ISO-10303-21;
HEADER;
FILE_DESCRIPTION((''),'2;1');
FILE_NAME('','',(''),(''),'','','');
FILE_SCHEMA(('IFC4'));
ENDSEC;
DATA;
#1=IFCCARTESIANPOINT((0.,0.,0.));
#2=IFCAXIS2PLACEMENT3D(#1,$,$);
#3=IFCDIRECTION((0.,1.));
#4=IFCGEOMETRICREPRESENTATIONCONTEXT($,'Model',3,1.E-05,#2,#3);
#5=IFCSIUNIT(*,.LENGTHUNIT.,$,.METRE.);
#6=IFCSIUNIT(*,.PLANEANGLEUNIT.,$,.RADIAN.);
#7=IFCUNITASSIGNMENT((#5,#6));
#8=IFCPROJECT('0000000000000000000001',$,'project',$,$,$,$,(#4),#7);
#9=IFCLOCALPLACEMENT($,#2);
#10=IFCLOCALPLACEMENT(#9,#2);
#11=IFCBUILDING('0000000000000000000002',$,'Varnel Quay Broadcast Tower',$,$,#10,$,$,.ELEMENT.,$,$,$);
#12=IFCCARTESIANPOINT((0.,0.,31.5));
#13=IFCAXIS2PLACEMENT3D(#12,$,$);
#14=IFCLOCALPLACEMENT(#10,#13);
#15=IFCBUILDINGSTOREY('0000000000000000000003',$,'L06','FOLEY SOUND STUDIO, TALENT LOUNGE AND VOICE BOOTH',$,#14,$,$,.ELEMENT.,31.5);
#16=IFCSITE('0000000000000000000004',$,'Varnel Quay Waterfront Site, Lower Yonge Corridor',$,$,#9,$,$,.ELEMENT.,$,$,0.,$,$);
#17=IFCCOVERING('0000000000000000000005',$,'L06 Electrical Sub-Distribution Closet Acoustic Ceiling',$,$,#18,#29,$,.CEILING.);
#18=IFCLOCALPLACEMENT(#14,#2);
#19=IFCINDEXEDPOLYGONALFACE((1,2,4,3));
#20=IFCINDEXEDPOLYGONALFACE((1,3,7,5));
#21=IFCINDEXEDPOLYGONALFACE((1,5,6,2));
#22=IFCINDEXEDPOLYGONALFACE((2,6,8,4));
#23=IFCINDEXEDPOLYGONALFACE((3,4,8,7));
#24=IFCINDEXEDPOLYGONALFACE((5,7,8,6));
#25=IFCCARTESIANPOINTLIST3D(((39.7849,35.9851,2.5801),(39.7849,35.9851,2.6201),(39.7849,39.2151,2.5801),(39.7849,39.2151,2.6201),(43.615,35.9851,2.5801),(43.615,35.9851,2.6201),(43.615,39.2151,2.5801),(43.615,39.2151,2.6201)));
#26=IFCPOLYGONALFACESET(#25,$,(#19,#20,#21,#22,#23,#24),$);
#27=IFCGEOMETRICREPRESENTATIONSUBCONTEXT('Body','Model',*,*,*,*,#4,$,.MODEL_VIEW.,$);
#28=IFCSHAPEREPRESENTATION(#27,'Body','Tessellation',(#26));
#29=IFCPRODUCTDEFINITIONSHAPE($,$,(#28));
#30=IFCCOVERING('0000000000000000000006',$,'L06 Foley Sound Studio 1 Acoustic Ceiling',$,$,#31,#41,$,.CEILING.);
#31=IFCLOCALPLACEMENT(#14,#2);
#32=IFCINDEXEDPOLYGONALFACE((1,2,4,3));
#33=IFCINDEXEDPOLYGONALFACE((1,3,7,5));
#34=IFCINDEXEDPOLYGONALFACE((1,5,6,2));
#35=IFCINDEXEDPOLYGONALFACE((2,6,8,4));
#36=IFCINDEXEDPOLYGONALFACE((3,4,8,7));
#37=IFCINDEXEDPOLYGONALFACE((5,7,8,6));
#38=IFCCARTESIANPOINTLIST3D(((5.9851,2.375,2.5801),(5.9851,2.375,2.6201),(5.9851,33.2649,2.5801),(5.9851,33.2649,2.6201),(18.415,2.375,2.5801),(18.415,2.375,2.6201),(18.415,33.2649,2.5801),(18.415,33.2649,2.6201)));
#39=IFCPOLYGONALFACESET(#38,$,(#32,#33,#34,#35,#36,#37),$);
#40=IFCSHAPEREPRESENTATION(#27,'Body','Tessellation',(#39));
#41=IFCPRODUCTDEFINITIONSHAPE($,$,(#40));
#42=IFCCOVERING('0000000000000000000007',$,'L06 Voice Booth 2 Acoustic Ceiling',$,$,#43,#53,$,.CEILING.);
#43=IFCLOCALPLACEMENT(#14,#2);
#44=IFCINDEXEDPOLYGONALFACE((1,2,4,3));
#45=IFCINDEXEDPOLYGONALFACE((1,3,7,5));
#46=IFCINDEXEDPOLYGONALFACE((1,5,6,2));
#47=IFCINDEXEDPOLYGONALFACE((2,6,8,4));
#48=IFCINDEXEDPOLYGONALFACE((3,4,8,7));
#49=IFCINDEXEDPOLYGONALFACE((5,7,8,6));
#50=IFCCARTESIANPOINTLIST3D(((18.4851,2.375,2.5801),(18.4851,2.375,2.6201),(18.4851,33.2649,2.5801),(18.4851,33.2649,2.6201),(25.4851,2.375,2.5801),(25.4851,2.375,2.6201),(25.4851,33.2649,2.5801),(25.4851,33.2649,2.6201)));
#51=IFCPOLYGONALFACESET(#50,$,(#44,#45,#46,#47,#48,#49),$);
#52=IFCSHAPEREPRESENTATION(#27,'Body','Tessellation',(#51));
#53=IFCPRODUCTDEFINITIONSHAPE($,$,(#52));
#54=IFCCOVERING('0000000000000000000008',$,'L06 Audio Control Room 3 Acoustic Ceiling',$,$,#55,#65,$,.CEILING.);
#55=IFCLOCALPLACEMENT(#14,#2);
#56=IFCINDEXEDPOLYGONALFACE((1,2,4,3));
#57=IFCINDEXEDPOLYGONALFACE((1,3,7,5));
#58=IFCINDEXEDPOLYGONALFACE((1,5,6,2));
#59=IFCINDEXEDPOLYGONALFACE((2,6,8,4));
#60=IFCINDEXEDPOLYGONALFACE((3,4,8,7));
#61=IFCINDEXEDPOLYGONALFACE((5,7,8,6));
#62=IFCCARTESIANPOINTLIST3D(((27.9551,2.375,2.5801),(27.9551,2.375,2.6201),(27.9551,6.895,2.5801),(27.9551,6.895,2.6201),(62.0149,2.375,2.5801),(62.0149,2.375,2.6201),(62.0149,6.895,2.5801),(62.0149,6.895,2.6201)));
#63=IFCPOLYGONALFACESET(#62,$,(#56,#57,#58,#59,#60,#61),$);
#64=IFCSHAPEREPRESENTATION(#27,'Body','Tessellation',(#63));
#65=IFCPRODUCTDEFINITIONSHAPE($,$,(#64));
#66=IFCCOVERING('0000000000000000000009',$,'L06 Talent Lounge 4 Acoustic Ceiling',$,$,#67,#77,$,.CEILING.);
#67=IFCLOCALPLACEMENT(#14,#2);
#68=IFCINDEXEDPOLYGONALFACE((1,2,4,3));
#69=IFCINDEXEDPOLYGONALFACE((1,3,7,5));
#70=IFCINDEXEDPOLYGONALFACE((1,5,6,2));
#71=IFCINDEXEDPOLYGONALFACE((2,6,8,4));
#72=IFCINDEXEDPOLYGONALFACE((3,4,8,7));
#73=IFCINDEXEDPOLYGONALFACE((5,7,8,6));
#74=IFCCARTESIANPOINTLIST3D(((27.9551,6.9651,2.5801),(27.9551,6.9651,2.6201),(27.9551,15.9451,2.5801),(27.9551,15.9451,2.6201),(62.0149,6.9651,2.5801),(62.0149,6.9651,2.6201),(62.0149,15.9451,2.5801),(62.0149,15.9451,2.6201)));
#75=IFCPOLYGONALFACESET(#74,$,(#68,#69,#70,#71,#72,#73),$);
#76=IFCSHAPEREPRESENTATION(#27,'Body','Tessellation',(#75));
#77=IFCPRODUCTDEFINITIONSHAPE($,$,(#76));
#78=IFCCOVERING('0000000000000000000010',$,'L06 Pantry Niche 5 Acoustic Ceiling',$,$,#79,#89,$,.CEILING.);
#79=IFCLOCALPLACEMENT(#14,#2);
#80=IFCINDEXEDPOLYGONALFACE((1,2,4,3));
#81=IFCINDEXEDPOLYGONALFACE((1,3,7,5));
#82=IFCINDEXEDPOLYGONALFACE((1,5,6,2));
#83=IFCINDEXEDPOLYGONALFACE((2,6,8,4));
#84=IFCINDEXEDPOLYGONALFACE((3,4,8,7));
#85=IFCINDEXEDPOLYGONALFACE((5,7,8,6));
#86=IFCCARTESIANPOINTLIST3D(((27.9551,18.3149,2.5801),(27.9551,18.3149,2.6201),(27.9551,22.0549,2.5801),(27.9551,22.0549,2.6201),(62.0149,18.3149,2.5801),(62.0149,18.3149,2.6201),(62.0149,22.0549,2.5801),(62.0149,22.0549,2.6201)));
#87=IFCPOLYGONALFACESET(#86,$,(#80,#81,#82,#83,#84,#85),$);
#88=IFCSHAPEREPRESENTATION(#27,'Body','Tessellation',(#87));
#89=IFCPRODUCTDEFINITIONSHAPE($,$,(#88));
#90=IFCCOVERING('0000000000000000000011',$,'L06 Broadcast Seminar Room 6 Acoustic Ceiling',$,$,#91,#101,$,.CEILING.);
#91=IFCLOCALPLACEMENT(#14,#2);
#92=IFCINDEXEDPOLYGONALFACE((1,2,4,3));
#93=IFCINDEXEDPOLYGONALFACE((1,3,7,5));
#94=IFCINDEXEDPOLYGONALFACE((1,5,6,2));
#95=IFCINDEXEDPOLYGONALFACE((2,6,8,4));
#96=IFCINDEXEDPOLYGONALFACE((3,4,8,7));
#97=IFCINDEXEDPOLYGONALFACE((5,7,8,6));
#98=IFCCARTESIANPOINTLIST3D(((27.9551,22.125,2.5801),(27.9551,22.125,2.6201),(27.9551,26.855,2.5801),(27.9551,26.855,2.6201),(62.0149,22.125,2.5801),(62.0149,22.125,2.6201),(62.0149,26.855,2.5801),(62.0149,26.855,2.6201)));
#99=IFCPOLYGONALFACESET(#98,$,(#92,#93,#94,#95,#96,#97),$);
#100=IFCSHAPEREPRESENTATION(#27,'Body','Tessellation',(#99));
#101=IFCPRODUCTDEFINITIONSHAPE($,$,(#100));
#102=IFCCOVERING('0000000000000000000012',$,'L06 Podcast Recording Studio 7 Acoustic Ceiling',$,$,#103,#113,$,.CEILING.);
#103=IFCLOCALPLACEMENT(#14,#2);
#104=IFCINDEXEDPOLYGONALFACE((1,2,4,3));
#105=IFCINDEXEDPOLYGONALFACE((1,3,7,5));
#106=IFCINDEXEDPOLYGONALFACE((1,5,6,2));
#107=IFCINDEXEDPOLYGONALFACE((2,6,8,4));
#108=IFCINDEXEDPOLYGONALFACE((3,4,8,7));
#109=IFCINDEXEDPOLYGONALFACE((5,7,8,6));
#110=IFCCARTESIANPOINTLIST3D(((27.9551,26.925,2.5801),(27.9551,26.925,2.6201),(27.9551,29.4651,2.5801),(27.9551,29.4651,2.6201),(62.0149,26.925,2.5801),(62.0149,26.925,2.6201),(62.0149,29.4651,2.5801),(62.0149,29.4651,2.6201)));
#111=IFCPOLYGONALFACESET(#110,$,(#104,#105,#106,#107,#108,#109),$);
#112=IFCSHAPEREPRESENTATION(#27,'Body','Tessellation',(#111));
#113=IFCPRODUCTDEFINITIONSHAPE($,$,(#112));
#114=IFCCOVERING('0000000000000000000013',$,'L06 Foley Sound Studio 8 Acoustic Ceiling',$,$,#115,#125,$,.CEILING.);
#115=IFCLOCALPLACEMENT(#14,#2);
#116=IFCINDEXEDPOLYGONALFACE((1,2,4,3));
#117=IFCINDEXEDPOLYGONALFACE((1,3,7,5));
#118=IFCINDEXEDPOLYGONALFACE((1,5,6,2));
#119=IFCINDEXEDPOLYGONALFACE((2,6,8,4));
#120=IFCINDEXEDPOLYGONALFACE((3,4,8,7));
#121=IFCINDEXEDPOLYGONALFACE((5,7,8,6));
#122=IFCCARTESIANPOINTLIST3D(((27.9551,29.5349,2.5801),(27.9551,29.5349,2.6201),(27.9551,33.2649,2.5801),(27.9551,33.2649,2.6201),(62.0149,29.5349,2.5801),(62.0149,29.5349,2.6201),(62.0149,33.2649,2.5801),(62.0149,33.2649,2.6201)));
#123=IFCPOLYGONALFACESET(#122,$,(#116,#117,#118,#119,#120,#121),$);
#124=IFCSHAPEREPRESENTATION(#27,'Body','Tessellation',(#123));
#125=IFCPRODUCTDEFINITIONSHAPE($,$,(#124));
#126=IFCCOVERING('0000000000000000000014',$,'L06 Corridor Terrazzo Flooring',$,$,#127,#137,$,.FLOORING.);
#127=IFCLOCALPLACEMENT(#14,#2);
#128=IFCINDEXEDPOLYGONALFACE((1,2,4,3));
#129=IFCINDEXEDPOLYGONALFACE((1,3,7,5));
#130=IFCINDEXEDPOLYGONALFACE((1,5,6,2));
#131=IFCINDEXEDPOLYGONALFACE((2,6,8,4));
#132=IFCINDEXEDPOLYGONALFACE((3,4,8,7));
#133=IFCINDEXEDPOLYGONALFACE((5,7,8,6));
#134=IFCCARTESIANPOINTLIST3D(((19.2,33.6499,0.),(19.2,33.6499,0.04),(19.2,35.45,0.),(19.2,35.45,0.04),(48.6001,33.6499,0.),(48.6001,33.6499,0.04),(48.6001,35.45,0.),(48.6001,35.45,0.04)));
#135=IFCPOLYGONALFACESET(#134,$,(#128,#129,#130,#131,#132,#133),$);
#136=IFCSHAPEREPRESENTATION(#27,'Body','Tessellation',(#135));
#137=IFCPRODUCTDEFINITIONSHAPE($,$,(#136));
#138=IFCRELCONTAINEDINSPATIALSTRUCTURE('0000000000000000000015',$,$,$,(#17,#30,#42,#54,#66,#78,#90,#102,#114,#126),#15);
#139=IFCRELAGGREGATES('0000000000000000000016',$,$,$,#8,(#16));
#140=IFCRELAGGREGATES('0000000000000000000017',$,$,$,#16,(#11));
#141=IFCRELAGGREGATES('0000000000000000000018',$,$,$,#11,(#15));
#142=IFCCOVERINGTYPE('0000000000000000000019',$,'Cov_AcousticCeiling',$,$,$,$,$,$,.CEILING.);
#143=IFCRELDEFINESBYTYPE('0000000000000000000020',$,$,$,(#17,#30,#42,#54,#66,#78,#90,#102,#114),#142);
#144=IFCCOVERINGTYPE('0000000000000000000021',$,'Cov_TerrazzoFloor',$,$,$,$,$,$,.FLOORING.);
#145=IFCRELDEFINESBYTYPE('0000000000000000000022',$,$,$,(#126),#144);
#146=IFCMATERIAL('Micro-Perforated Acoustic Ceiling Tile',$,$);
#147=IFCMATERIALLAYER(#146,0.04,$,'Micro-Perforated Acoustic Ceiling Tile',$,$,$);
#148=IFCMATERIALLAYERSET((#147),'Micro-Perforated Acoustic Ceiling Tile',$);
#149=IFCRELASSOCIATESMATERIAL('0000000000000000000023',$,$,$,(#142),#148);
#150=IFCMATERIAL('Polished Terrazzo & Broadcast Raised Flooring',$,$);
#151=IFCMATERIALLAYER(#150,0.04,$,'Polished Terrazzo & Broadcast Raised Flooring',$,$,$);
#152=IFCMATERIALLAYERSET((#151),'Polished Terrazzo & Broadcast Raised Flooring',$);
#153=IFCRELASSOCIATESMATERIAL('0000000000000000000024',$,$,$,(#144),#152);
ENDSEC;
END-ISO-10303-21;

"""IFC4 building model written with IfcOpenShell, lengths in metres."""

from ifc_helpers import new_model, si_unit, direction, frame, origin, place, context, subcontext, project, spatial, polyline, outline, extrude, material, layer, layer_set, type_object, element, save


model = new_model("IFC4")

# Units and contexts
model_context = context("Model", 3, precision=1e-05, world=origin(), true_north=direction((0.0, 1.0)))
body_context = subcontext(model_context, "Body", "Model", "MODEL_VIEW")
ifc_project = project(units=[si_unit("LENGTHUNIT", "METRE"), si_unit("PLANEANGLEUNIT", "RADIAN")], contexts=[model_context])

# Site, building, storey
site_placement = place(None, origin())
site = spatial("IfcSite", under=ifc_project, at=site_placement, Name="Varnel Quay Waterfront Site, Lower Yonge Corridor", CompositionType="ELEMENT", RefElevation=0.0)
building_placement = place(site_placement, origin())
building = spatial("IfcBuilding", under=site, at=building_placement, Name="Varnel Quay Broadcast Tower", CompositionType="ELEMENT")
storey_placement = place(building_placement, frame((0.0, 0.0, 31.5)))
storey = spatial("IfcBuildingStorey", under=building, at=storey_placement, Name="L06", Description="FOLEY SOUND STUDIO, TALENT LOUNGE AND VOICE BOOTH", CompositionType="ELEMENT", Elevation=31.5)

# Coverings
ifc_material_1 = material(Name="Micro-Perforated Acoustic Ceiling Tile")
ifc_layer_1 = layer(ifc_material_1, 0.04, Name="Micro-Perforated Acoustic Ceiling Tile")
ifc_layer_set_1 = layer_set([ifc_layer_1], Name="Micro-Perforated Acoustic Ceiling Tile")
covering_type_1 = type_object("IfcCoveringType", Name="Cov_AcousticCeiling", PredefinedType="CEILING", material=ifc_layer_set_1)
covering_1_placement = place(storey_placement, frame((0.0, 0.0, 2.5801)))
element("IfcCovering", 1, at=covering_1_placement, inside=storey, type_object=covering_type_1, Name="L06 Electrical Sub-Distribution Closet Acoustic Ceiling", PredefinedType="CEILING", context=body_context, shape_type="SweptSolid", body=[
    extrude(outline(polyline([(39.7849, 35.9851), (43.615, 35.9851), (43.615, 39.2151), (39.7849, 39.2151), (39.7849, 35.9851)])), origin(), (0.0, 0.0, 1.0), 0.04),
])
covering_2_placement = place(storey_placement, frame((0.0, 0.0, 2.5801)))
element("IfcCovering", 2, at=covering_2_placement, inside=storey, type_object=covering_type_1, Name="L06 Foley Sound Studio 1 Acoustic Ceiling", PredefinedType="CEILING", context=body_context, shape_type="SweptSolid", body=[
    extrude(outline(polyline([(5.9851, 2.375), (18.415, 2.375), (18.415, 33.2649), (5.9851, 33.2649), (5.9851, 2.375)])), origin(), (0.0, 0.0, 1.0), 0.04),
])
covering_3_placement = place(storey_placement, frame((0.0, 0.0, 2.5801)))
element("IfcCovering", 3, at=covering_3_placement, inside=storey, type_object=covering_type_1, Name="L06 Voice Booth 2 Acoustic Ceiling", PredefinedType="CEILING", context=body_context, shape_type="SweptSolid", body=[
    extrude(outline(polyline([(18.4851, 2.375), (25.4851, 2.375), (25.4851, 33.2649), (18.4851, 33.2649), (18.4851, 2.375)])), origin(), (0.0, 0.0, 1.0), 0.04),
])
covering_4_placement = place(storey_placement, frame((0.0, 0.0, 2.5801)))
element("IfcCovering", 4, at=covering_4_placement, inside=storey, type_object=covering_type_1, Name="L06 Audio Control Room 3 Acoustic Ceiling", PredefinedType="CEILING", context=body_context, shape_type="SweptSolid", body=[
    extrude(outline(polyline([(27.9551, 2.375), (62.0149, 2.375), (62.0149, 6.895), (27.9551, 6.895), (27.9551, 2.375)])), origin(), (0.0, 0.0, 1.0), 0.04),
])
covering_5_placement = place(storey_placement, frame((0.0, 0.0, 2.5801)))
element("IfcCovering", 5, at=covering_5_placement, inside=storey, type_object=covering_type_1, Name="L06 Talent Lounge 4 Acoustic Ceiling", PredefinedType="CEILING", context=body_context, shape_type="SweptSolid", body=[
    extrude(outline(polyline([(27.9551, 6.9651), (62.0149, 6.9651), (62.0149, 15.9451), (27.9551, 15.9451), (27.9551, 6.9651)])), origin(), (0.0, 0.0, 1.0), 0.04),
])
covering_6_placement = place(storey_placement, frame((0.0, 0.0, 2.5801)))
element("IfcCovering", 6, at=covering_6_placement, inside=storey, type_object=covering_type_1, Name="L06 Pantry Niche 5 Acoustic Ceiling", PredefinedType="CEILING", context=body_context, shape_type="SweptSolid", body=[
    extrude(outline(polyline([(27.9551, 18.3149), (62.0149, 18.3149), (62.0149, 22.0549), (27.9551, 22.0549), (27.9551, 18.3149)])), origin(), (0.0, 0.0, 1.0), 0.04),
])
covering_7_placement = place(storey_placement, frame((0.0, 0.0, 2.5801)))
element("IfcCovering", 7, at=covering_7_placement, inside=storey, type_object=covering_type_1, Name="L06 Broadcast Seminar Room 6 Acoustic Ceiling", PredefinedType="CEILING", context=body_context, shape_type="SweptSolid", body=[
    extrude(outline(polyline([(27.9551, 22.125), (62.0149, 22.125), (62.0149, 26.855), (27.9551, 26.855), (27.9551, 22.125)])), origin(), (0.0, 0.0, 1.0), 0.04),
])
covering_8_placement = place(storey_placement, frame((0.0, 0.0, 2.5801)))
element("IfcCovering", 8, at=covering_8_placement, inside=storey, type_object=covering_type_1, Name="L06 Podcast Recording Studio 7 Acoustic Ceiling", PredefinedType="CEILING", context=body_context, shape_type="SweptSolid", body=[
    extrude(outline(polyline([(27.9551, 26.925), (62.0149, 26.925), (62.0149, 29.4651), (27.9551, 29.4651), (27.9551, 26.925)])), origin(), (0.0, 0.0, 1.0), 0.04),
])
covering_9_placement = place(storey_placement, frame((0.0, 0.0, 2.5801)))
element("IfcCovering", 9, at=covering_9_placement, inside=storey, type_object=covering_type_1, Name="L06 Foley Sound Studio 8 Acoustic Ceiling", PredefinedType="CEILING", context=body_context, shape_type="SweptSolid", body=[
    extrude(outline(polyline([(27.9551, 29.5349), (62.0149, 29.5349), (62.0149, 33.2649), (27.9551, 33.2649), (27.9551, 29.5349)])), origin(), (0.0, 0.0, 1.0), 0.04),
])
ifc_material_2 = material(Name="Polished Terrazzo & Broadcast Raised Flooring")
ifc_layer_2 = layer(ifc_material_2, 0.04, Name="Polished Terrazzo & Broadcast Raised Flooring")
ifc_layer_set_2 = layer_set([ifc_layer_2], Name="Polished Terrazzo & Broadcast Raised Flooring")
covering_type_2 = type_object("IfcCoveringType", Name="Cov_TerrazzoFloor", PredefinedType="FLOORING", material=ifc_layer_set_2)
covering_10_placement = place(storey_placement, origin())
element("IfcCovering", 10, at=covering_10_placement, inside=storey, type_object=covering_type_2, Name="L06 Corridor Terrazzo Flooring", PredefinedType="FLOORING", context=body_context, shape_type="SweptSolid", body=[
    extrude(outline(polyline([(19.2, 33.6499), (48.6001, 33.6499), (48.6001, 35.45), (19.2, 35.45), (19.2, 33.6499)])), origin(), (0.0, 0.0, 1.0), 0.04),
])

save(model, "model.ifc")
